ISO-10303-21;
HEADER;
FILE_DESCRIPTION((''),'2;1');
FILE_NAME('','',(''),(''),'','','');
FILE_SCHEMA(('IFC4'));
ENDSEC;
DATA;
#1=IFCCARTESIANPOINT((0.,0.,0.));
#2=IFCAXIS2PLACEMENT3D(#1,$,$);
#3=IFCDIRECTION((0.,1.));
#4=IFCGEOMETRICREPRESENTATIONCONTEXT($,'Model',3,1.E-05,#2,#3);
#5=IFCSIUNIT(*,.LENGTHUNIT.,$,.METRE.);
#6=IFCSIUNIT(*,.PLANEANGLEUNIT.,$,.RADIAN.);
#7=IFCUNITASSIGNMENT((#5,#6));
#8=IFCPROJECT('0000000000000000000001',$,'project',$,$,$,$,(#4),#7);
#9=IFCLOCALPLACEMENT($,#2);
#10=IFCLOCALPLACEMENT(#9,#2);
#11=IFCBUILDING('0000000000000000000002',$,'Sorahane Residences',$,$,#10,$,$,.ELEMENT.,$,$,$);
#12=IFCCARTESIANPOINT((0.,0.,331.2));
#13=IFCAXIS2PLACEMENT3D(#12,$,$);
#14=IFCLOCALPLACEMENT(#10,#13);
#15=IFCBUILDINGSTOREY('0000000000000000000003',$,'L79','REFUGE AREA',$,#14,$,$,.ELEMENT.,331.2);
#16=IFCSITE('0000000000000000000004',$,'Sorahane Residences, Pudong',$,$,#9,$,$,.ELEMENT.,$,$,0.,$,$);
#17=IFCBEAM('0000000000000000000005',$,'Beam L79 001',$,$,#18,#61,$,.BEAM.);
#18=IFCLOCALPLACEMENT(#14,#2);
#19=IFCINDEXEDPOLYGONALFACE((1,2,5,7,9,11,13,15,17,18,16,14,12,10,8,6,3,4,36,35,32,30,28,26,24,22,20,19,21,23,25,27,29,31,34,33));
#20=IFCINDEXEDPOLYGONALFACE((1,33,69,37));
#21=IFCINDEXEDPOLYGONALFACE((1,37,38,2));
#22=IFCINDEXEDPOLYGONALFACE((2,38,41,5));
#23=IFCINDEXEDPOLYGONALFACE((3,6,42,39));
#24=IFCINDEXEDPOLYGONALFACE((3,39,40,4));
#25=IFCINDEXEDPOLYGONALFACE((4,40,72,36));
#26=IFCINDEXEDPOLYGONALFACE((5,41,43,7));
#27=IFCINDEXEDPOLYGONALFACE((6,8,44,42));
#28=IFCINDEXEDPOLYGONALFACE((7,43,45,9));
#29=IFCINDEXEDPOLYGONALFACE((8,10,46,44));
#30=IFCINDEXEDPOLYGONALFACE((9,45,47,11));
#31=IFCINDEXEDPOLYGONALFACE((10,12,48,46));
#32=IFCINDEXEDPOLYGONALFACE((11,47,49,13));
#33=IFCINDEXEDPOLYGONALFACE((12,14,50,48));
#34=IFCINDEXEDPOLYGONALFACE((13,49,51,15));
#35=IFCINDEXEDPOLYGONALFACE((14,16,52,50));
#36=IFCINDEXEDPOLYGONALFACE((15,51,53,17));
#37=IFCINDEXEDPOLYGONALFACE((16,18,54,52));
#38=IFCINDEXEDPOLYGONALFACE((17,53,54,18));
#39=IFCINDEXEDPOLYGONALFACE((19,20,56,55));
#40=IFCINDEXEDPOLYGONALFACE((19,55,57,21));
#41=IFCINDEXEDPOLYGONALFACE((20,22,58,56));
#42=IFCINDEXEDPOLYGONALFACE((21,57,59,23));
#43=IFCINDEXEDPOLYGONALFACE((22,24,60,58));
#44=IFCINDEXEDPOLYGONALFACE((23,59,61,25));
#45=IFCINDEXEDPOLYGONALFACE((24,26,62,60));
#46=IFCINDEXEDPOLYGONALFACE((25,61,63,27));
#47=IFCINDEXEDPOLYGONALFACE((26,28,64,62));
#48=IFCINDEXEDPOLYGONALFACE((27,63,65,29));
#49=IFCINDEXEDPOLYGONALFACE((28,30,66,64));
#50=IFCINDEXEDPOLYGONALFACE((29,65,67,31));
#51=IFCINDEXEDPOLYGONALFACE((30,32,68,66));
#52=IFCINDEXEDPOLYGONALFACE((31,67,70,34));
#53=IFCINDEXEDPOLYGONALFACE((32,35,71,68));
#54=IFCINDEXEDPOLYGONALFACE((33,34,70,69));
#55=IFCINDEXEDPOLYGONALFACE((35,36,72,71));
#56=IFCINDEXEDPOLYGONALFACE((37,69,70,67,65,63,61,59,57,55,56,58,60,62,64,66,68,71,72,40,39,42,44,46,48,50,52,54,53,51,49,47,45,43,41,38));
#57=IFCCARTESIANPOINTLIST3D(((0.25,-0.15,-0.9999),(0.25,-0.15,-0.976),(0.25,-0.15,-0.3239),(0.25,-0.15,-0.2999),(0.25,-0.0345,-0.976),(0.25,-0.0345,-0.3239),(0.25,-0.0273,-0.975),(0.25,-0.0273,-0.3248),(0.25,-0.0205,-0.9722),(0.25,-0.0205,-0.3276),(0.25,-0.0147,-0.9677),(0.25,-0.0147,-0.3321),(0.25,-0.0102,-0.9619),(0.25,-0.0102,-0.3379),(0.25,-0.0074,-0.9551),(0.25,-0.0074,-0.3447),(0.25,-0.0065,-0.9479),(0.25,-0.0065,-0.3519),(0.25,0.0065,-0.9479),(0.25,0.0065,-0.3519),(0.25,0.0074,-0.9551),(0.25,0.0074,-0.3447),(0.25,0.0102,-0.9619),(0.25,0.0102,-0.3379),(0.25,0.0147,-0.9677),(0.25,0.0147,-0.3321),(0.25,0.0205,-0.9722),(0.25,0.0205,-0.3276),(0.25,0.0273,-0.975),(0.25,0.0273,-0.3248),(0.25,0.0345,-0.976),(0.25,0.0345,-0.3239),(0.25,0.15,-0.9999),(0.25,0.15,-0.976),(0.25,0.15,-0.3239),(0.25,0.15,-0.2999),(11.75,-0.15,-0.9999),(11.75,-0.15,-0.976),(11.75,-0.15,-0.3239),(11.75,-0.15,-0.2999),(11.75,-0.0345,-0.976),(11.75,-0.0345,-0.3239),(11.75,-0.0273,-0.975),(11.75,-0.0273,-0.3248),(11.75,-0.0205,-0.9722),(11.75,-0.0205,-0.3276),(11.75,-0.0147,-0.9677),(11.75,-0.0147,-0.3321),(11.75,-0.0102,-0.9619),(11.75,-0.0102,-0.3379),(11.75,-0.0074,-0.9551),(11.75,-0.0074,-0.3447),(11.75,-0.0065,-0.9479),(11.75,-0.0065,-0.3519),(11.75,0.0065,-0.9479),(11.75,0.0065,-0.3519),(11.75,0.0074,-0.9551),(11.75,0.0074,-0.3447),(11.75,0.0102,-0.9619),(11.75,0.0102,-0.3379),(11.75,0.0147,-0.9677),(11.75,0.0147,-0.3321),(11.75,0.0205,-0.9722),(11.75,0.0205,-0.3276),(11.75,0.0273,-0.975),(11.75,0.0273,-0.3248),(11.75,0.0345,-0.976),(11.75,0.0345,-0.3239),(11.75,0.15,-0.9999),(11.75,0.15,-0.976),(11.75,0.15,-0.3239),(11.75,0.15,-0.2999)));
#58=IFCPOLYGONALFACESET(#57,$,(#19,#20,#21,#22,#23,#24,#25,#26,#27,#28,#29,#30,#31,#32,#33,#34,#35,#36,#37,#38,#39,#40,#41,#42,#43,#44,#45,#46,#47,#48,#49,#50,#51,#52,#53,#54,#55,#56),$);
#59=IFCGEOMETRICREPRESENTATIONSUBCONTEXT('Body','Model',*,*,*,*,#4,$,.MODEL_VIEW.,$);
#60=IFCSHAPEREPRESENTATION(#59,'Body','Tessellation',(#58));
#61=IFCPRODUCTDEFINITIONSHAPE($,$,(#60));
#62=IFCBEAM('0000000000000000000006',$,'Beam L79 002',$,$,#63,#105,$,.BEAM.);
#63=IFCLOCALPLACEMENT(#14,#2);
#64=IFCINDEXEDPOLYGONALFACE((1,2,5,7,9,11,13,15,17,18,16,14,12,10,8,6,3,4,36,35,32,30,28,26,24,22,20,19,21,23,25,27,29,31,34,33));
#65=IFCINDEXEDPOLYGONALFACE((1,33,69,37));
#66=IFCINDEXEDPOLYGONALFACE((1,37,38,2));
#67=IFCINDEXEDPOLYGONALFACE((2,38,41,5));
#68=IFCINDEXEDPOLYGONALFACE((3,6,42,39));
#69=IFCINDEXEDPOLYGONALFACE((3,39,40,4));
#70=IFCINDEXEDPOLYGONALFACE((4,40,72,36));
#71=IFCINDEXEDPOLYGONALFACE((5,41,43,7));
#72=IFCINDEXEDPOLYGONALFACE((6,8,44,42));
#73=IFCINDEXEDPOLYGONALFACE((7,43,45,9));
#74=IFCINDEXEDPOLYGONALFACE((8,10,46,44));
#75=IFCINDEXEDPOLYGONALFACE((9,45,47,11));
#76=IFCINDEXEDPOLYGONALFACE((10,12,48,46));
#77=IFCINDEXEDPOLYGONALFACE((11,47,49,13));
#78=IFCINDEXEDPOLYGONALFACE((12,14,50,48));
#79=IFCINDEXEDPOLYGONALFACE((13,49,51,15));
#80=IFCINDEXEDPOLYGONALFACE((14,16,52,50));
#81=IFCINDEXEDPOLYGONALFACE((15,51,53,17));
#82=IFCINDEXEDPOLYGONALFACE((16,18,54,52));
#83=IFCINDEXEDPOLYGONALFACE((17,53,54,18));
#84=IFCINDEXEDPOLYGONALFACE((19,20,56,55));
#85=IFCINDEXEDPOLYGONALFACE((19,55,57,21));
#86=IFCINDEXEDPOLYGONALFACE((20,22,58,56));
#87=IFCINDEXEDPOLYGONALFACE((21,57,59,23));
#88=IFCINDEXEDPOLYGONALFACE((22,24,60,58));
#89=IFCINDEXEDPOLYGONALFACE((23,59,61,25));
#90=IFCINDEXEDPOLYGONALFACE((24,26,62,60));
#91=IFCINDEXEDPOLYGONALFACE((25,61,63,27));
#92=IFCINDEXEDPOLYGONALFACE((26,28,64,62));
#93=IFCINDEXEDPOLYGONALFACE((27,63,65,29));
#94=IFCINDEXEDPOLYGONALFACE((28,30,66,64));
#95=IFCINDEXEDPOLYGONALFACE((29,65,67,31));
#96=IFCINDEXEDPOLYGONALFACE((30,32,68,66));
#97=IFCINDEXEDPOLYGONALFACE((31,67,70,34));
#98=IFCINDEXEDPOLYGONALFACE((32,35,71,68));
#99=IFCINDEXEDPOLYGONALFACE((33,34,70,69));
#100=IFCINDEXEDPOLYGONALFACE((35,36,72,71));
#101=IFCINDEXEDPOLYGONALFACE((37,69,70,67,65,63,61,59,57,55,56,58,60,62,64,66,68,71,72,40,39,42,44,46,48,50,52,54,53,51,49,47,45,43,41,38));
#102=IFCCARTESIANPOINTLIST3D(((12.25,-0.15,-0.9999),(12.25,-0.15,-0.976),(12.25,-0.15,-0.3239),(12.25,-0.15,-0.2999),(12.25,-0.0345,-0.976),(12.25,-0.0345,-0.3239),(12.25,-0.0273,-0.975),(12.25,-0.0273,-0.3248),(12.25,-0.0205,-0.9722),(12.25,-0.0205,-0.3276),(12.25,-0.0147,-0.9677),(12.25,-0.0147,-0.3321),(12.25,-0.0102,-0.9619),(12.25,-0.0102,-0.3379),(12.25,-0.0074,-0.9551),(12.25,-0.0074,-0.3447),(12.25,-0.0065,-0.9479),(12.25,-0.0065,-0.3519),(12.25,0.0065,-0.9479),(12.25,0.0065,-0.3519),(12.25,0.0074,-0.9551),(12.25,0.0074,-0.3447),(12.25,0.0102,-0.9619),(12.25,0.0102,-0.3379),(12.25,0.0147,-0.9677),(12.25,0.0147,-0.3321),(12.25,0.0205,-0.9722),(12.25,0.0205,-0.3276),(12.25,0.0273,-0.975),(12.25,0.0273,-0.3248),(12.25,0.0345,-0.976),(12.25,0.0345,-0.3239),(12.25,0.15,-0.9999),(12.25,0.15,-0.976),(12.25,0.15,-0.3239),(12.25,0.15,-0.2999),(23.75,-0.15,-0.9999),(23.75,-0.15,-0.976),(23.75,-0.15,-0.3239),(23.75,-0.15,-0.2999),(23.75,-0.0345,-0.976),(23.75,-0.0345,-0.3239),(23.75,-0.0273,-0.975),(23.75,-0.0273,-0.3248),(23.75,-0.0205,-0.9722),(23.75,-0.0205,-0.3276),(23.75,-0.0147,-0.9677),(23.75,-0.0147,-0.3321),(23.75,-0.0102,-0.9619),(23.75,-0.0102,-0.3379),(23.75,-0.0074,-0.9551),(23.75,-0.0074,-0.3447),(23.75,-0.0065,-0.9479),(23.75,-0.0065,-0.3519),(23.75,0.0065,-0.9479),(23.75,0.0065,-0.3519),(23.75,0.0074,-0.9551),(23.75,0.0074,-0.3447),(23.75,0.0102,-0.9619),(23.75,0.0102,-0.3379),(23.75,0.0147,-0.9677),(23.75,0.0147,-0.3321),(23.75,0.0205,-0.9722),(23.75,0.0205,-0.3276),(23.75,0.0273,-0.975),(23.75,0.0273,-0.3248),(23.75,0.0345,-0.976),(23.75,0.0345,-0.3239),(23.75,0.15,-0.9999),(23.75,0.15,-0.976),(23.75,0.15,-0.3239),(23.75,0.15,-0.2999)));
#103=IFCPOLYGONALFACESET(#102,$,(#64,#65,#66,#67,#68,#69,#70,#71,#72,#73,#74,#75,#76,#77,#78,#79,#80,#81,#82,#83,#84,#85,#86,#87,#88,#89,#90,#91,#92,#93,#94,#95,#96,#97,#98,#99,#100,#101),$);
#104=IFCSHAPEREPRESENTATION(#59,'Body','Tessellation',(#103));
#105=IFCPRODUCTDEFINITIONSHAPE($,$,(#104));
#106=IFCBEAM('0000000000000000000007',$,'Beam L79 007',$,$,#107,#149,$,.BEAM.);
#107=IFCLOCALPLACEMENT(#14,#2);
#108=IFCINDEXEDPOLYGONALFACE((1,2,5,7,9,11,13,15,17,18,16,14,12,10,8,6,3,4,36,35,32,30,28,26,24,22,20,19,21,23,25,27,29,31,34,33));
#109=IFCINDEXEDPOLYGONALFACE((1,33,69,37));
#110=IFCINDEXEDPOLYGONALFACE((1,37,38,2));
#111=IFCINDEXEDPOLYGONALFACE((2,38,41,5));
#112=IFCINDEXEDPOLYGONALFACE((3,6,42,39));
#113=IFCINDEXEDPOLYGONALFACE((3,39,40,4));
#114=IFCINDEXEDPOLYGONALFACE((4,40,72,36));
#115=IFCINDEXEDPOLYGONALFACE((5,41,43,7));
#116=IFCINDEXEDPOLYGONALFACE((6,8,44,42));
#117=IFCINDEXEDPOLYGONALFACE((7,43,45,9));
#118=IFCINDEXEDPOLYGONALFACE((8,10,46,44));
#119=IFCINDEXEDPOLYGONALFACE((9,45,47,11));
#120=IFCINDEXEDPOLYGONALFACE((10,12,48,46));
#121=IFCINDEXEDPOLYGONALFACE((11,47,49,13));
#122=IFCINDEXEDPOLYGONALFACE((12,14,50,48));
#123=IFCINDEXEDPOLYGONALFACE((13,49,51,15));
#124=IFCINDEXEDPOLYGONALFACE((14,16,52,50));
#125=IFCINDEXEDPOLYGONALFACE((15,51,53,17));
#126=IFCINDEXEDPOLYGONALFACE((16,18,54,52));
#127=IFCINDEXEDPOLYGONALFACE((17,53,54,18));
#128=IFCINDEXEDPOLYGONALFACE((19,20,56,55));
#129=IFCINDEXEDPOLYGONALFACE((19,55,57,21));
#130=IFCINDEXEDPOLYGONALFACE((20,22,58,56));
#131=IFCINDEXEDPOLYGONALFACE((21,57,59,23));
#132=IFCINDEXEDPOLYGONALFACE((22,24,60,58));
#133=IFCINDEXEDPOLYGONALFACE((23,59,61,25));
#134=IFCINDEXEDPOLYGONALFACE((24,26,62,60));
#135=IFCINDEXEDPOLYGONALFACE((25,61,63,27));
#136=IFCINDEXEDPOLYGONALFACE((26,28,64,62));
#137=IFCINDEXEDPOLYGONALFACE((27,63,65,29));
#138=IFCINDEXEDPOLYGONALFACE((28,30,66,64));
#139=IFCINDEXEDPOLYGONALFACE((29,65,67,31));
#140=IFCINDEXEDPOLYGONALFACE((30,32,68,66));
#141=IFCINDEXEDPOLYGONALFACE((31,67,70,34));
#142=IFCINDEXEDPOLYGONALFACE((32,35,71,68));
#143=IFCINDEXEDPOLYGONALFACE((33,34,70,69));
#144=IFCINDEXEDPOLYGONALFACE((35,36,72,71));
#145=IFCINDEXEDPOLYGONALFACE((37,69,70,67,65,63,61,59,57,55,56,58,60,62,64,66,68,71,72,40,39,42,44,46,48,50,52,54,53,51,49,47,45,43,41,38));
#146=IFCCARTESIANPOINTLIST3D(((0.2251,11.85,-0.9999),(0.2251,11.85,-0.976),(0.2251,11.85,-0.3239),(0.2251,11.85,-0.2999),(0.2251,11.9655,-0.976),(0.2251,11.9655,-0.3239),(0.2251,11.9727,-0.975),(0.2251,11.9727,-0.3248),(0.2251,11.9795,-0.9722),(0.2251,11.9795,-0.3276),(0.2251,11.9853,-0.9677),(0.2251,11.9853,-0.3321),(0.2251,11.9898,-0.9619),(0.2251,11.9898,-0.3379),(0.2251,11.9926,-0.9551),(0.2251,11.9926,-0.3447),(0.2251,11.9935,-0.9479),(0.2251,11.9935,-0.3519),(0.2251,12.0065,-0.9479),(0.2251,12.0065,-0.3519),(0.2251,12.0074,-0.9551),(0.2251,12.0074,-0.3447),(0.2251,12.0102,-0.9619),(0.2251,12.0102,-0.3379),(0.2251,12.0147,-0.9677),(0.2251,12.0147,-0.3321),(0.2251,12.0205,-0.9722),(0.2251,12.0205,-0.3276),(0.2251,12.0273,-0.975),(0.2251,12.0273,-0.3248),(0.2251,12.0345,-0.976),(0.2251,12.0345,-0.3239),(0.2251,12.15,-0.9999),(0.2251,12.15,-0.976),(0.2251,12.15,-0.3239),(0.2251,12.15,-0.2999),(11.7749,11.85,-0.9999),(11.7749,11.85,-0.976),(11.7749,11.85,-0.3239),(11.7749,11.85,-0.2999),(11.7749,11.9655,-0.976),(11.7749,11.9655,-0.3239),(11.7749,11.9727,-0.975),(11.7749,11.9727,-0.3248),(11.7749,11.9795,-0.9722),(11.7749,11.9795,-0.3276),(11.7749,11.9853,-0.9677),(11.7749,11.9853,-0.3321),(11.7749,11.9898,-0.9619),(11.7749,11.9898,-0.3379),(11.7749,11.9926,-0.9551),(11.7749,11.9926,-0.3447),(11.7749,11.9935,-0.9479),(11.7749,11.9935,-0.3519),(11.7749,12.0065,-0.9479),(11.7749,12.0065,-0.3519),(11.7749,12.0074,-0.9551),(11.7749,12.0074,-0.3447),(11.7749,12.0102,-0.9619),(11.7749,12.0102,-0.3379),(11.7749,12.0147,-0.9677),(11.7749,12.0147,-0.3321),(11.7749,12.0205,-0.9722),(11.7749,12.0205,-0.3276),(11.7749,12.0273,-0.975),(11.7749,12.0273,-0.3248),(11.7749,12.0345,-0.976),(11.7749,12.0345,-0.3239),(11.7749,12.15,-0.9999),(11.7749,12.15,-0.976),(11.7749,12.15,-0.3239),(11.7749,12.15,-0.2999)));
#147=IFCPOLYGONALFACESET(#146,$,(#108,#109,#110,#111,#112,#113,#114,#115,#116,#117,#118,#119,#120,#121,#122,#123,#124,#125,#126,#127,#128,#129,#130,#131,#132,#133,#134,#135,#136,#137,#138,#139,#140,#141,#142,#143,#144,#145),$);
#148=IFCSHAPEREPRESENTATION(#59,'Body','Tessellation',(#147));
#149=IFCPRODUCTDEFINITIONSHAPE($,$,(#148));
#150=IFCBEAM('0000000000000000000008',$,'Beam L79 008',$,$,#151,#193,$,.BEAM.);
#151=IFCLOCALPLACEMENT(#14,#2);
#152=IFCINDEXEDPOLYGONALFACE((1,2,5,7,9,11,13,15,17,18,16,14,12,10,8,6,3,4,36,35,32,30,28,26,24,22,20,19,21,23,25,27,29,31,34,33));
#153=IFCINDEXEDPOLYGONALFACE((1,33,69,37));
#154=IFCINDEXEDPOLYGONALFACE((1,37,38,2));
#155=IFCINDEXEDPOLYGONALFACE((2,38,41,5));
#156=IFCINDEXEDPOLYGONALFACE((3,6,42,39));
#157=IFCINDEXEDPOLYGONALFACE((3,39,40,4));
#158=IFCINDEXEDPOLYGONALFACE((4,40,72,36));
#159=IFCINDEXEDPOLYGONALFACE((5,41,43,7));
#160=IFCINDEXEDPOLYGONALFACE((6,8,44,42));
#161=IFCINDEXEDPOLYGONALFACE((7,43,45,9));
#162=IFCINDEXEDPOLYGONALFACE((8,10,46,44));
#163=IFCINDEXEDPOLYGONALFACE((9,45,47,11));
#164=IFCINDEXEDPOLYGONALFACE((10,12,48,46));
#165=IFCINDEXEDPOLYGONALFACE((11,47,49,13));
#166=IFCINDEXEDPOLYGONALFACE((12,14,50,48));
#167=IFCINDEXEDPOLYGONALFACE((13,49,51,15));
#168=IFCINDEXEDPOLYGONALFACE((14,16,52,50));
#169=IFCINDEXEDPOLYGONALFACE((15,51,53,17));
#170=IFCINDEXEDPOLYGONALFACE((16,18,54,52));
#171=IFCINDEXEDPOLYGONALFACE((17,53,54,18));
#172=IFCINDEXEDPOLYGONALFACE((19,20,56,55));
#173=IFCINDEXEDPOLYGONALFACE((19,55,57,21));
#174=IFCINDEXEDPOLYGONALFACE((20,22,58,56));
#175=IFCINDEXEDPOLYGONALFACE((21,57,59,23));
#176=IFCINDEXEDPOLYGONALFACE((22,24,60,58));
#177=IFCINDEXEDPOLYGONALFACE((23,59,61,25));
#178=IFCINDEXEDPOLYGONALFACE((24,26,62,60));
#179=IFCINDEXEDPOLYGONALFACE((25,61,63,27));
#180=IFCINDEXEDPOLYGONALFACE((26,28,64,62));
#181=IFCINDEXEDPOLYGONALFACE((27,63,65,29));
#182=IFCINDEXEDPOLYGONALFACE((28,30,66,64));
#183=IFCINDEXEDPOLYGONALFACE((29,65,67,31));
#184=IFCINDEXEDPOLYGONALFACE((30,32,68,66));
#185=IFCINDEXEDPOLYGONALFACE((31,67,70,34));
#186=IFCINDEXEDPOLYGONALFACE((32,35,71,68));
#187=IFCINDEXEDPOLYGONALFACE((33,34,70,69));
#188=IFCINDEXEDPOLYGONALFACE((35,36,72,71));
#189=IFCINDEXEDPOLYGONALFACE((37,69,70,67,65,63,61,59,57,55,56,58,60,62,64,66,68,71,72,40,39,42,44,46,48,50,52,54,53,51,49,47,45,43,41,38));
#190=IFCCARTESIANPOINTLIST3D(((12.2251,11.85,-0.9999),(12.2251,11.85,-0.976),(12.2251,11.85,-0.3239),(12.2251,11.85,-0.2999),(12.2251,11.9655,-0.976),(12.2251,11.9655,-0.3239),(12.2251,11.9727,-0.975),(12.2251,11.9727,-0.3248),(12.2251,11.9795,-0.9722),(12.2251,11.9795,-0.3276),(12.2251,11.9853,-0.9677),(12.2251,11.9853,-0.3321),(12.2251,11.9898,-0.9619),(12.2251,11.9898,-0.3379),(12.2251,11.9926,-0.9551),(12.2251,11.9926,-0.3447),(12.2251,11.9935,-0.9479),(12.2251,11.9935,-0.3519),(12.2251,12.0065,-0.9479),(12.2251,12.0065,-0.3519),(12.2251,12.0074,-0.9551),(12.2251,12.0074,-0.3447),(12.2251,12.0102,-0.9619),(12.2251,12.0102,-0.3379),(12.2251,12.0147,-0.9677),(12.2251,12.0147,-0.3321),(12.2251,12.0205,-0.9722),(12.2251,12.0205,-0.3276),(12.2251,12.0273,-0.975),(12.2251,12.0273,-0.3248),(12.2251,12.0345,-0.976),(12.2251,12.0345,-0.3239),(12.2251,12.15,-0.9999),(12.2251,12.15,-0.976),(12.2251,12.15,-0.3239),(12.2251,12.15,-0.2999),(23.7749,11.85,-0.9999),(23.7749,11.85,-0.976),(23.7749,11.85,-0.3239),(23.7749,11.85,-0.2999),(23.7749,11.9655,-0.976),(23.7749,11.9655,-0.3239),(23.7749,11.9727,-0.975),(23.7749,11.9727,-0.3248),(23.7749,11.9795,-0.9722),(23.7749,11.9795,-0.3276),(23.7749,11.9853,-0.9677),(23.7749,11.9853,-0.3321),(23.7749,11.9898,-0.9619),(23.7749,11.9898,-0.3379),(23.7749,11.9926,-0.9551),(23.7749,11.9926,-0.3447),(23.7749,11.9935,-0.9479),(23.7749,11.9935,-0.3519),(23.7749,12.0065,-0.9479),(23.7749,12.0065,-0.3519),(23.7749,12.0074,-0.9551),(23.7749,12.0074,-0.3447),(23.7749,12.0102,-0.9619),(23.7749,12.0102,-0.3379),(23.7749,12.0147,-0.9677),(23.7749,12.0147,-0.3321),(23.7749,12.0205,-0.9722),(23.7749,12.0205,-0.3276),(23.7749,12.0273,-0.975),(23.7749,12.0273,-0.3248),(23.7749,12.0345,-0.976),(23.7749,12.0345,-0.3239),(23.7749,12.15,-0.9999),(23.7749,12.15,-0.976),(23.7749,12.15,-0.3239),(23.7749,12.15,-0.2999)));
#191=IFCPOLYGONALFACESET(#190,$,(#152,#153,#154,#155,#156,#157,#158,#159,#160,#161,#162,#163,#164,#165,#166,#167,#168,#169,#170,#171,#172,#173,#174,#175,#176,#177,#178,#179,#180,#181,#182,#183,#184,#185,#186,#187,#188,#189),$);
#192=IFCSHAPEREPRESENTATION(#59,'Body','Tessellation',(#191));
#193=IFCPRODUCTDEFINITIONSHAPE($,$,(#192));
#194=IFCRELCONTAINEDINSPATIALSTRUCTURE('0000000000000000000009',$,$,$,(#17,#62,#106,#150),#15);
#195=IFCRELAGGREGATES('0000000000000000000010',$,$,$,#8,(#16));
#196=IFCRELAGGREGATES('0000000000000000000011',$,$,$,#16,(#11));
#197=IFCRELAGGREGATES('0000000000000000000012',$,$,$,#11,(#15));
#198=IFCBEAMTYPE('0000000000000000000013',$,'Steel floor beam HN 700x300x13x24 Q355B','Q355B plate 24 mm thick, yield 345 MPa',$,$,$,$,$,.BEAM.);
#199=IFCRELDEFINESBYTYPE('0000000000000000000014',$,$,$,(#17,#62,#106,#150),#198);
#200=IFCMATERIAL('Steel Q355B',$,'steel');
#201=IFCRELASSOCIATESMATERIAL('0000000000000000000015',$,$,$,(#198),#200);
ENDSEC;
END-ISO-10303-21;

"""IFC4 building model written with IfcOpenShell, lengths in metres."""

from ifc_helpers import new_model, si_unit, direction, frame, origin, origin_2d, place, context, subcontext, project, spatial, i_section, extrude, material, material_profile, profile_set, type_object, element, save


model = new_model("IFC4")

# Units and contexts
model_context = context("Model", 3, precision=1e-05, world=origin(), true_north=direction((0.0, 1.0)))
body_context = subcontext(model_context, "Body", "Model", "MODEL_VIEW")
ifc_project = project(units=[si_unit("LENGTHUNIT", "METRE"), si_unit("PLANEANGLEUNIT", "RADIAN")], contexts=[model_context])

# Site, building, storey
site_placement = place(None, origin())
site = spatial("IfcSite", under=ifc_project, at=site_placement, Name="Sorahane Residences, Pudong", CompositionType="ELEMENT", RefElevation=0.0)
building_placement = place(site_placement, origin())
building = spatial("IfcBuilding", under=site, at=building_placement, Name="Sorahane Residences", CompositionType="ELEMENT")
storey_placement = place(building_placement, frame((0.0, 0.0, 331.2)))
storey = spatial("IfcBuildingStorey", under=building, at=storey_placement, Name="L79", Description="REFUGE AREA", CompositionType="ELEMENT", Elevation=331.2)

# Beams
ifc_material_1 = material(Name="Steel Q355B", Category="steel")
ifc_material_profile_1 = material_profile(ifc_material_1, i_section(OverallWidth=0.3, OverallDepth=0.7, WebThickness=0.0129, FlangeThickness=0.0239, FilletRadius=0.0281, at=origin_2d()), Name="HN 700x300x13x24")
ifc_profile_set_1 = profile_set([ifc_material_profile_1], Name="Steel Q355B")
beam_type_1 = type_object("IfcBeamType", Name="Steel floor beam HN 700x300x13x24 Q355B", Description="Q355B plate 24 mm thick, yield 345 MPa", PredefinedType="BEAM", material=ifc_profile_set_1)
for number, where, z_axis, x_axis, name in (
    (1, (0.25, 0.0, -0.6499), (1.0, 0.0, 0.0), (0.0, 1.0, 0.0), "Beam L79 001"),
    (2, (12.25, 0.0, -0.6499), (1.0, 0.0, 0.0), (0.0, 1.0, 0.0), "Beam L79 002"),
):
    element("IfcBeam", number, at=place(storey_placement, frame(where, z_axis=z_axis, x_axis=x_axis)), inside=storey, type_object=beam_type_1, Name=name, PredefinedType="BEAM", context=body_context, shape_type="SweptSolid", body=[
        extrude(i_section(OverallWidth=0.3, OverallDepth=0.7, WebThickness=0.0129, FlangeThickness=0.0239, FilletRadius=0.0281, at=origin_2d()), origin(), (0.0, 0.0, 1.0), 11.5),
    ])
for number, where, z_axis, x_axis, name in (
    (3, (0.2251, 12.0, -0.6499), (1.0, 0.0, 0.0), (0.0, 1.0, 0.0), "Beam L79 007"),
    (4, (12.2251, 12.0, -0.6499), (1.0, 0.0, 0.0), (0.0, 1.0, 0.0), "Beam L79 008"),
):
    element("IfcBeam", number, at=place(storey_placement, frame(where, z_axis=z_axis, x_axis=x_axis)), inside=storey, type_object=beam_type_1, Name=name, PredefinedType="BEAM", context=body_context, shape_type="SweptSolid", body=[
        extrude(i_section(OverallWidth=0.3, OverallDepth=0.7, WebThickness=0.0129, FlangeThickness=0.0239, FilletRadius=0.0281, at=origin_2d()), origin(), (0.0, 0.0, 1.0), 11.5498),
    ])

save(model, "model.ifc")
